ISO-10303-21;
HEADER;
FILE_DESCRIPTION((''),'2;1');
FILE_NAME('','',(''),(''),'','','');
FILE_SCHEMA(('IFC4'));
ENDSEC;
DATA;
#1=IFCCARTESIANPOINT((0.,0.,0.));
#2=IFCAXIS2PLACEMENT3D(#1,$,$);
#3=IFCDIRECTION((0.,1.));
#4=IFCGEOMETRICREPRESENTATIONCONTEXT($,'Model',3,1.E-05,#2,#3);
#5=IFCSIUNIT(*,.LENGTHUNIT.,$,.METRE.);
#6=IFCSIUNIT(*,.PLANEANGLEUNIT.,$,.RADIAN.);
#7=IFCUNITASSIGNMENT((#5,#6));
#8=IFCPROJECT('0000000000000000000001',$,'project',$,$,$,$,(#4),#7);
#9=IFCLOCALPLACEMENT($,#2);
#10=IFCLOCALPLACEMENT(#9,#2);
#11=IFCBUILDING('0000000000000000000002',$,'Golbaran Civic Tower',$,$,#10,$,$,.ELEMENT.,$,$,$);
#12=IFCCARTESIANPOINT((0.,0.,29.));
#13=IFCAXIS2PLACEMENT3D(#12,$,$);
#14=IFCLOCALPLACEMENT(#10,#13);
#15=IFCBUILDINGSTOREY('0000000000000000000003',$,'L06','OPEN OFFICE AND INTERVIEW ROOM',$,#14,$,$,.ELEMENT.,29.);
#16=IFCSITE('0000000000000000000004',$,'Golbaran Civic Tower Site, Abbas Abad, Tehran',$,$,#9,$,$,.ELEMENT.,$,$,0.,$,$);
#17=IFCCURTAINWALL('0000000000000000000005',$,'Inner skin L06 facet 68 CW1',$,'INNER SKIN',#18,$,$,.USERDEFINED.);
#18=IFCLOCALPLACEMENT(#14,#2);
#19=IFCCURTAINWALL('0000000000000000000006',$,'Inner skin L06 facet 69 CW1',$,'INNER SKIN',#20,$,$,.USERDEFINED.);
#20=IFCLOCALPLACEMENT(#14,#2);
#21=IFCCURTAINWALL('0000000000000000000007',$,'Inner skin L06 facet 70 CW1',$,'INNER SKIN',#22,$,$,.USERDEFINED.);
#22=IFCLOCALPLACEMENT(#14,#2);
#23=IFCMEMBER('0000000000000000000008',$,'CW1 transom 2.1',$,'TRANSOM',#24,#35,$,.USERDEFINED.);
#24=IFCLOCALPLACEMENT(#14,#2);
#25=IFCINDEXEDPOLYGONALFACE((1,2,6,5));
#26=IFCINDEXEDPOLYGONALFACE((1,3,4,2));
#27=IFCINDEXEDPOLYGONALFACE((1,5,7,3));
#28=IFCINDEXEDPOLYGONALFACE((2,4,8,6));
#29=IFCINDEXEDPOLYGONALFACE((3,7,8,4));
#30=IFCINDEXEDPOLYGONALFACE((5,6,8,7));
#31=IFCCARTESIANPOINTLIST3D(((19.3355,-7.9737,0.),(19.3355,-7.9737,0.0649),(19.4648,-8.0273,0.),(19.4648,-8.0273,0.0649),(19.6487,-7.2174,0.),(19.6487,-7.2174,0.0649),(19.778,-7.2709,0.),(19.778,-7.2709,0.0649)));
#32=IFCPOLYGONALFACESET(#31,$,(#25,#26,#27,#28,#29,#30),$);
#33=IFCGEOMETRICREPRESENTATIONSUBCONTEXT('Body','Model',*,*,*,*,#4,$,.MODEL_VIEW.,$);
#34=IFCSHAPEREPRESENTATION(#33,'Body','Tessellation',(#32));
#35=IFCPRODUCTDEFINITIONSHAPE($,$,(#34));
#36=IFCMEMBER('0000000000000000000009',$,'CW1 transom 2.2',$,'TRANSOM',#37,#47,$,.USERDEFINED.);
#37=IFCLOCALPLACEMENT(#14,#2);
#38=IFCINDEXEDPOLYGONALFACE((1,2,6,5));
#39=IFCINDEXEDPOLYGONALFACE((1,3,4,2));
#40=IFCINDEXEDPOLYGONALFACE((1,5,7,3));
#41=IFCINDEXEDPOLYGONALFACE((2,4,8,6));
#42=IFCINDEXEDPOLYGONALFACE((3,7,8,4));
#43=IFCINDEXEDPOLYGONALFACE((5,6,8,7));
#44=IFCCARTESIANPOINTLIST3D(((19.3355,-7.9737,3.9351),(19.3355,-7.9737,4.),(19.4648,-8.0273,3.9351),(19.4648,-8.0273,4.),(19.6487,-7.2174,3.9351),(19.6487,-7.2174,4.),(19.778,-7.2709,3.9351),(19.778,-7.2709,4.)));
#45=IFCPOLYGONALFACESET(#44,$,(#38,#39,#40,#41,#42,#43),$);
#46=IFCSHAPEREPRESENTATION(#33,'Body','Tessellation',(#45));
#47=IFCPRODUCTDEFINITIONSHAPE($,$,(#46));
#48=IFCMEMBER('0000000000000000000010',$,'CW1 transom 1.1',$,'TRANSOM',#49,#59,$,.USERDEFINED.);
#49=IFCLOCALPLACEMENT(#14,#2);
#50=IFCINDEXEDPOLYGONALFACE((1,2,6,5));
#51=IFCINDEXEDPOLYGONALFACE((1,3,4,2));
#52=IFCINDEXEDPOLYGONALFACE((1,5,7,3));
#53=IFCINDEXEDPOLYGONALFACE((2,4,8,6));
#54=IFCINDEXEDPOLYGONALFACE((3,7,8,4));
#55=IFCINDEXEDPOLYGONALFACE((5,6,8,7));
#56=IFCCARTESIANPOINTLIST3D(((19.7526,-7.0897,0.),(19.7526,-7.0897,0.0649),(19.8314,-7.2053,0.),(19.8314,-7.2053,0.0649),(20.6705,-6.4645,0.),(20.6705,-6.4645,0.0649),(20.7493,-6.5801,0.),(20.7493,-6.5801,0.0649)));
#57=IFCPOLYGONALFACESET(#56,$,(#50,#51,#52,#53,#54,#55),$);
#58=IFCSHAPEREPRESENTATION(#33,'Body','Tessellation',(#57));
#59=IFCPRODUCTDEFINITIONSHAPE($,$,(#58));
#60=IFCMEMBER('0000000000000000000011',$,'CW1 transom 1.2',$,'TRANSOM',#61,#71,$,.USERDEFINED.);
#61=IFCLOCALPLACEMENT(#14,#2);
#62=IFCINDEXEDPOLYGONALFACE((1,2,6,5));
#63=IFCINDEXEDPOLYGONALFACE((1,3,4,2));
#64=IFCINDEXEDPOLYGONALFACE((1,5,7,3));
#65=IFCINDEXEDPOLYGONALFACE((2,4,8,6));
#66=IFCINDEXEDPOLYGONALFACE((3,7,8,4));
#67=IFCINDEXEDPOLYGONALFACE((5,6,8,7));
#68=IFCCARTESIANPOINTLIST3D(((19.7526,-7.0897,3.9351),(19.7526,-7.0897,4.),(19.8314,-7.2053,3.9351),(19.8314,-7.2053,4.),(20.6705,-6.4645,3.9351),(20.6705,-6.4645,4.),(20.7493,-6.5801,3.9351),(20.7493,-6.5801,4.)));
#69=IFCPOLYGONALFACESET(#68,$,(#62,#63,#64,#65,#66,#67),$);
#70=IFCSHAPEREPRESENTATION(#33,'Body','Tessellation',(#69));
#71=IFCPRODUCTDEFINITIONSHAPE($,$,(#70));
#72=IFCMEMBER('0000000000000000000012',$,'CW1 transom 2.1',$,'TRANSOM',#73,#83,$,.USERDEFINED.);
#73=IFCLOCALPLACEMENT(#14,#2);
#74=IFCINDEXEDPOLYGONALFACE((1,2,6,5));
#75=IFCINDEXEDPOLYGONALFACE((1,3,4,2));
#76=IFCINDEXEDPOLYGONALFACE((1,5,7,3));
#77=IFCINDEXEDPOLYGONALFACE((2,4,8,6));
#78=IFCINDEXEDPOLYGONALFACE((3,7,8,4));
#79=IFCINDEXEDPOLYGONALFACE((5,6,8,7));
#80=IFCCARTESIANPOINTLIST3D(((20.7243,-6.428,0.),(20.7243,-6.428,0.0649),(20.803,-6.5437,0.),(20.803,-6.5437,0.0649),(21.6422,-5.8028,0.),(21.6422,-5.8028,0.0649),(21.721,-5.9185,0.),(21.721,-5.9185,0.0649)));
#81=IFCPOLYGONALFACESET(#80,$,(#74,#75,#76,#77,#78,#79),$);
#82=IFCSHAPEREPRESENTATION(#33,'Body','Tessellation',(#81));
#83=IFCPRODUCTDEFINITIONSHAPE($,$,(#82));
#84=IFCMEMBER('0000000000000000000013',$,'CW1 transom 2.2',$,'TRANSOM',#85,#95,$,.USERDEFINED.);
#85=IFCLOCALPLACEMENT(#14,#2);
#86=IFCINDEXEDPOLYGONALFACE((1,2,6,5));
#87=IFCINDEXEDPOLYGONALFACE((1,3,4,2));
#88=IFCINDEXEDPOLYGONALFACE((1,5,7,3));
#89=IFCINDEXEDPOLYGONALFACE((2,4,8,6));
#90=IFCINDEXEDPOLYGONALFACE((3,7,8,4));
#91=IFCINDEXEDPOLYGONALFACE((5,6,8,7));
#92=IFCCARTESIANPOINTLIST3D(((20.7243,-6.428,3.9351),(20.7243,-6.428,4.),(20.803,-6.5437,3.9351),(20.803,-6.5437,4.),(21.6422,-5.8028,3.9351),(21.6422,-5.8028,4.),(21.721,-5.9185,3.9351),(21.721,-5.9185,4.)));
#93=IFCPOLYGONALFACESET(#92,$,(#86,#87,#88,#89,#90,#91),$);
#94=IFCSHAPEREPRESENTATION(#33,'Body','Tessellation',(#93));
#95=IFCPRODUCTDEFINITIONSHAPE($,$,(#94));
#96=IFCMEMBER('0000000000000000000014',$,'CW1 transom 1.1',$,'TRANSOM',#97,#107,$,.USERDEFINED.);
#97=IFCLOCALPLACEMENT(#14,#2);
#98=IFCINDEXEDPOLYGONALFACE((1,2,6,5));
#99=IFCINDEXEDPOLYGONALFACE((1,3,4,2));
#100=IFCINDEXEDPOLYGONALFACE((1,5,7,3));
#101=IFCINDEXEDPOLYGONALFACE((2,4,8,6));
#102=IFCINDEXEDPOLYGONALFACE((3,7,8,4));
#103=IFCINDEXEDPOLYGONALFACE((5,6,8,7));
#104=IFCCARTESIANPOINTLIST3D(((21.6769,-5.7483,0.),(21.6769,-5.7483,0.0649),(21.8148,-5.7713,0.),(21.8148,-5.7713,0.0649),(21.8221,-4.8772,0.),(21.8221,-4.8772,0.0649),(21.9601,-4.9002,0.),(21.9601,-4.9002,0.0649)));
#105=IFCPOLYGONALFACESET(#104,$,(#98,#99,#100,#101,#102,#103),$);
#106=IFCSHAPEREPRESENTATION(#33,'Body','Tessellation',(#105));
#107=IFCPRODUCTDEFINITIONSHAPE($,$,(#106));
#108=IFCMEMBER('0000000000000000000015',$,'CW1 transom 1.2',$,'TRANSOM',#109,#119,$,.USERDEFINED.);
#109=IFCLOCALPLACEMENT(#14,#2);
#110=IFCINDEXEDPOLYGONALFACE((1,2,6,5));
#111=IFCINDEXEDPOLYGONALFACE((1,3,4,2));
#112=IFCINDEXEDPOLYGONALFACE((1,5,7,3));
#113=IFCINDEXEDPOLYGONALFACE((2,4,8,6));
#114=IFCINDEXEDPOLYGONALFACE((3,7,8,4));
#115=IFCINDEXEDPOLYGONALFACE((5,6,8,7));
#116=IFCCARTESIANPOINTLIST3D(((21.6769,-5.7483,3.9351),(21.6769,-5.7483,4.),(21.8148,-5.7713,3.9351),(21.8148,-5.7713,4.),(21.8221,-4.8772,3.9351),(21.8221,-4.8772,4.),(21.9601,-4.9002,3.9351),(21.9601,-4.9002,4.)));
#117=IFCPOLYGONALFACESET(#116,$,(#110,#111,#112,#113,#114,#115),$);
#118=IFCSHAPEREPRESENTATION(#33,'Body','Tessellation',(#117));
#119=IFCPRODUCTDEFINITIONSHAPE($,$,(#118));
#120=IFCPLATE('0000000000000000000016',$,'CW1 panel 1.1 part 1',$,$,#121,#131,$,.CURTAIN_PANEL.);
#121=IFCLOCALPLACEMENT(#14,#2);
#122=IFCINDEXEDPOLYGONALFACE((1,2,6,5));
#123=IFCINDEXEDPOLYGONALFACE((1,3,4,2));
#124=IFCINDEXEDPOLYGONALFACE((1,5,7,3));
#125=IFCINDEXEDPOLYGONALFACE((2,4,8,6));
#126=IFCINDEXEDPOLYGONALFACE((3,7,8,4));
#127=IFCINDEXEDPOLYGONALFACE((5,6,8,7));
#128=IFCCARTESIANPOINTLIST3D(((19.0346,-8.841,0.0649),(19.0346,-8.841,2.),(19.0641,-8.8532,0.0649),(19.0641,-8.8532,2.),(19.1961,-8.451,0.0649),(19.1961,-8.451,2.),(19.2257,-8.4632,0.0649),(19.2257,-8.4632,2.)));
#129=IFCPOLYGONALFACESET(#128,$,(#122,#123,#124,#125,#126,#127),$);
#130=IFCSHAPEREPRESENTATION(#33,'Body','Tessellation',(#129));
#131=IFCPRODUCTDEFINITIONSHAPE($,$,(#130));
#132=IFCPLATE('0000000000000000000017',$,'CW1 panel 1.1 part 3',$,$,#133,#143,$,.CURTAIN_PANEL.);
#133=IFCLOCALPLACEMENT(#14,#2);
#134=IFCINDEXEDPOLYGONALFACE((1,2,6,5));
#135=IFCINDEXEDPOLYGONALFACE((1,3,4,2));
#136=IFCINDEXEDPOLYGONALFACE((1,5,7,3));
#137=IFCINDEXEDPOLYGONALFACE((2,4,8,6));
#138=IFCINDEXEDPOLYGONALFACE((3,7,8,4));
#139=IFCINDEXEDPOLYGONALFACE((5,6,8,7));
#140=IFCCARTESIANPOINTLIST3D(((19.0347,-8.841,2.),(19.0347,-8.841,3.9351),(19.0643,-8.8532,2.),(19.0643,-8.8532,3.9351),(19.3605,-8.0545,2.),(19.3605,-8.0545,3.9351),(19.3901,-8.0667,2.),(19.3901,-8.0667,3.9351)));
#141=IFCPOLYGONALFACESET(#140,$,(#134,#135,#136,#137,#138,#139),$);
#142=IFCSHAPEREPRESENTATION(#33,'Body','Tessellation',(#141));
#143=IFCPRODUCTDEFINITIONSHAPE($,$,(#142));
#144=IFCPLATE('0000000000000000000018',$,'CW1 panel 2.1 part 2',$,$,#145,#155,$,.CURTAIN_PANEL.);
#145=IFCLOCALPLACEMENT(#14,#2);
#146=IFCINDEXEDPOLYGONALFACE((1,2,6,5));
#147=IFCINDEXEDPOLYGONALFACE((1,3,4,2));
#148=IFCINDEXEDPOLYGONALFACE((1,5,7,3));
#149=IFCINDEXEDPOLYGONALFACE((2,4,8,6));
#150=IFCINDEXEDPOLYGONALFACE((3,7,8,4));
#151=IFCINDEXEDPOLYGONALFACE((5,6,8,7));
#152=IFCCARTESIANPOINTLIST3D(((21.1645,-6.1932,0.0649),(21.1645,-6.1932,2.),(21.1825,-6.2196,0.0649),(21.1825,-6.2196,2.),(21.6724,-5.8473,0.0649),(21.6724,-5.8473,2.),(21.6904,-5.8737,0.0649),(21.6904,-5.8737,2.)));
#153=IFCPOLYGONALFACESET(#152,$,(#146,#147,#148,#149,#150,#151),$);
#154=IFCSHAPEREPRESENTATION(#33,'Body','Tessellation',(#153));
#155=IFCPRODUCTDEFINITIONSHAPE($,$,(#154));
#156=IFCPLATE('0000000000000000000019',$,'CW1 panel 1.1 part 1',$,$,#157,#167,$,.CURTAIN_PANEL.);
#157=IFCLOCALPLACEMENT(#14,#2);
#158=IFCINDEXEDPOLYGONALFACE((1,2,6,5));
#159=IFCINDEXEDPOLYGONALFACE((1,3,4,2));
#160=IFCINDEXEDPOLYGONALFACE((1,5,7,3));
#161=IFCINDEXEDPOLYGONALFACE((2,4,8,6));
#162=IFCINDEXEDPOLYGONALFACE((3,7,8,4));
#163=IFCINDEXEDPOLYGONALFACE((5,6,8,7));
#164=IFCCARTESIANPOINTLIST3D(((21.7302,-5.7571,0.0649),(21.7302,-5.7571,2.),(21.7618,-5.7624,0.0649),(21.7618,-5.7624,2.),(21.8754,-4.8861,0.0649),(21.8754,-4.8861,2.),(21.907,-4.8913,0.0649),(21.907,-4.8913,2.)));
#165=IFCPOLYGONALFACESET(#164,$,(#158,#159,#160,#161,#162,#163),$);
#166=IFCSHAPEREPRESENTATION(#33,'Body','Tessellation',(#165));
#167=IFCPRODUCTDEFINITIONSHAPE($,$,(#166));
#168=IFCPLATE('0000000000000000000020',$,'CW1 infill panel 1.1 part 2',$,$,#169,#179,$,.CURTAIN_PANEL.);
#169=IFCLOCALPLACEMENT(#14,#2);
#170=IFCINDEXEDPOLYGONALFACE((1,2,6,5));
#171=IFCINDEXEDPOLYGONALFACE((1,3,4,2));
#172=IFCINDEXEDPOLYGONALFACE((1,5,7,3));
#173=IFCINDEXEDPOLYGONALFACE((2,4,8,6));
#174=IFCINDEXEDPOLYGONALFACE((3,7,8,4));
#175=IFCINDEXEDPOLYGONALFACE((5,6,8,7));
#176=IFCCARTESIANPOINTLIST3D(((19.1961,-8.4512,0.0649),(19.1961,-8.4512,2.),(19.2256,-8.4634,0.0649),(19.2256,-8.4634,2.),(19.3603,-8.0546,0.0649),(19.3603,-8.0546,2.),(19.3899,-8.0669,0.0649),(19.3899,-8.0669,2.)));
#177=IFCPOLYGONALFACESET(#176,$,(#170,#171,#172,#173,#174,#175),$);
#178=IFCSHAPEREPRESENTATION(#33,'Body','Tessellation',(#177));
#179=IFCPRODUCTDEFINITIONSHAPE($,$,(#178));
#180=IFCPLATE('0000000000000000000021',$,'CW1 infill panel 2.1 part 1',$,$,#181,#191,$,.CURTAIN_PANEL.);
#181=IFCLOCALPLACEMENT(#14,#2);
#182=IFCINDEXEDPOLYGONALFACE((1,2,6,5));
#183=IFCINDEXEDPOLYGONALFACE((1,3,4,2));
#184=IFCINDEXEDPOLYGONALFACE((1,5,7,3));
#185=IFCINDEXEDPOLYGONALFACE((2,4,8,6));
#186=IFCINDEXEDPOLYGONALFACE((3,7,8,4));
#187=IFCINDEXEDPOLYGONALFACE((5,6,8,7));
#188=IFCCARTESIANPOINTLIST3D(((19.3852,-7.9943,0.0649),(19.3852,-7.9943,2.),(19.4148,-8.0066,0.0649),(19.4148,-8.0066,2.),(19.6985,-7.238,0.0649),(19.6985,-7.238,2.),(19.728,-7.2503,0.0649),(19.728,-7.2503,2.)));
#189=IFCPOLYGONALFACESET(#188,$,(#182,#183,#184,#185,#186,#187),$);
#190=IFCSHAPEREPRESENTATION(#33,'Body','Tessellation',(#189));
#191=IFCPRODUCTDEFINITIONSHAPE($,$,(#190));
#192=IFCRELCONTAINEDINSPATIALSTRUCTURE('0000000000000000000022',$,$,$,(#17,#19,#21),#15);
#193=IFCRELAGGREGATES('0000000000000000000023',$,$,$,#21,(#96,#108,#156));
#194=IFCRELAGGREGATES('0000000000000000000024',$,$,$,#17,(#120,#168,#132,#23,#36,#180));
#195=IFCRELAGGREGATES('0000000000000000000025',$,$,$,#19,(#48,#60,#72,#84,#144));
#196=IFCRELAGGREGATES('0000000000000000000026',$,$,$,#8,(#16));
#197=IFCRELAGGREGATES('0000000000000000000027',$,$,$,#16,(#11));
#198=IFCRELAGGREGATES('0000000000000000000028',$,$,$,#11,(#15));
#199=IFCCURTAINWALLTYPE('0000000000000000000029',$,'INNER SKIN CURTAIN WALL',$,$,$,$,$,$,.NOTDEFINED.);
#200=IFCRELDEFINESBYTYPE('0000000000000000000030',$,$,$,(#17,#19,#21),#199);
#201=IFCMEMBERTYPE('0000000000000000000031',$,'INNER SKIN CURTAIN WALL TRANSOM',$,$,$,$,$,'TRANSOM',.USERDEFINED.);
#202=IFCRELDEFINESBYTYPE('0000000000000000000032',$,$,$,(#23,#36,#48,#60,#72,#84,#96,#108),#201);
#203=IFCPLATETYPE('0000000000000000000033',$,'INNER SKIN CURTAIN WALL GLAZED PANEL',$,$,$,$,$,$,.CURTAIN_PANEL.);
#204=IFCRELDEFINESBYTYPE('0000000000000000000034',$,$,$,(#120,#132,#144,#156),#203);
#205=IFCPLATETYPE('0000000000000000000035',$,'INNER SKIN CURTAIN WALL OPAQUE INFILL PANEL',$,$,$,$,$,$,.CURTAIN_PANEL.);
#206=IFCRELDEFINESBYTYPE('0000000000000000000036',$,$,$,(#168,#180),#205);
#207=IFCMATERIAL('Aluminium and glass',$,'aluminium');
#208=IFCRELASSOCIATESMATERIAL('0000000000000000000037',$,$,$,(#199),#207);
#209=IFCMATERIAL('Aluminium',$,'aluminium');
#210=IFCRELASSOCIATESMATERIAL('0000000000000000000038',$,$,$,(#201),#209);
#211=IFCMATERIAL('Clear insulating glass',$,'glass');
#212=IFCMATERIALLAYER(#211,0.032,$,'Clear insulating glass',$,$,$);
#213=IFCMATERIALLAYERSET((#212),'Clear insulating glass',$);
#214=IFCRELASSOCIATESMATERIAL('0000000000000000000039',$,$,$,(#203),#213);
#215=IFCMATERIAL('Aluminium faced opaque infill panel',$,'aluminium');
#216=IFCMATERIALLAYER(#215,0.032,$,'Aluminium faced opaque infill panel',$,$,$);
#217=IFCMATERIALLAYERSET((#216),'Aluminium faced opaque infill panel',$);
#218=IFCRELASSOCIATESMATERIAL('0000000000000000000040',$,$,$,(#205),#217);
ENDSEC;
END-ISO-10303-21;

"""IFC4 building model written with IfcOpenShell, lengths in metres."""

from ifc_helpers import new_model, si_unit, direction, frame, origin, origin_2d, place, context, subcontext, project, spatial, rectangle, extrude, material, layer, layer_set, material_profile, profile_set, type_object, element, aggregate, save


model = new_model("IFC4")

# Units and contexts
model_context = context("Model", 3, precision=1e-05, world=origin(), true_north=direction((0.0, 1.0)))
body_context = subcontext(model_context, "Body", "Model", "MODEL_VIEW")
ifc_project = project(units=[si_unit("LENGTHUNIT", "METRE"), si_unit("PLANEANGLEUNIT", "RADIAN")], contexts=[model_context])

# Site, building, storey
site_placement = place(None, origin())
site = spatial("IfcSite", under=ifc_project, at=site_placement, Name="Golbaran Civic Tower Site, Abbas Abad, Tehran", CompositionType="ELEMENT", RefElevation=0.0)
building_placement = place(site_placement, origin())
building = spatial("IfcBuilding", under=site, at=building_placement, Name="Golbaran Civic Tower", CompositionType="ELEMENT")
storey_placement = place(building_placement, frame((0.0, 0.0, 29.0)))
storey = spatial("IfcBuildingStorey", under=building, at=storey_placement, Name="L06", Description="OPEN OFFICE AND INTERVIEW ROOM", CompositionType="ELEMENT", Elevation=29.0)

# Curtain walls
ifc_material_1 = material(Name="Aluminium and glass", Category="aluminium")
curtain_wall_type = type_object("IfcCurtainWallType", Name="INNER SKIN CURTAIN WALL", PredefinedType="NOTDEFINED", material=ifc_material_1)
curtain_wall_1_placement = place(storey_placement, origin())
curtain_wall_1 = element("IfcCurtainWall", 1, at=curtain_wall_1_placement, inside=storey, type_object=curtain_wall_type, Name="Inner skin L06 facet 68 CW1", ObjectType="INNER SKIN", PredefinedType="USERDEFINED")
ifc_material_2 = material(Name="Aluminium", Category="aluminium")
curtain_wall_2_placement = place(storey_placement, origin())
curtain_wall_2 = element("IfcCurtainWall", 2, at=curtain_wall_2_placement, inside=storey, type_object=curtain_wall_type, Name="Inner skin L06 facet 69 CW1", ObjectType="INNER SKIN", PredefinedType="USERDEFINED")

# Curtain wall
curtain_wall_3_placement = place(storey_placement, origin())
curtain_wall_3 = element("IfcCurtainWall", 3, at=curtain_wall_3_placement, inside=storey, type_object=curtain_wall_type, Name="Inner skin L06 facet 70 CW1", ObjectType="INNER SKIN", PredefinedType="USERDEFINED")

# Members
ifc_material_profile_1 = material_profile(ifc_material_2, rectangle(XDim=0.1399, YDim=0.0649, at=origin_2d()), Name="INNER SKIN CURTAIN WALL TRANSOM")
ifc_profile_set_1 = profile_set([ifc_material_profile_1], Name="Aluminium")
member_type_1 = type_object("IfcMemberType", Name="INNER SKIN CURTAIN WALL TRANSOM", ElementType="TRANSOM", PredefinedType="USERDEFINED", material=ifc_profile_set_1)
member_1_placement = place(storey_placement, frame((19.4001, -8.0005, 0.0325), z_axis=(0.382624, 0.923904, 0.0), x_axis=(-0.923904, 0.382624, 0.0)))
member_1 = element("IfcMember", 4, at=member_1_placement, type_object=member_type_1, Name="CW1 transom 2.1", ObjectType="TRANSOM", PredefinedType="USERDEFINED", context=body_context, shape_type="SweptSolid", body=[
    extrude(rectangle(XDim=0.1399, YDim=0.0649, at=origin_2d()), origin(), (0.0, 0.0, 1.0), 0.8186),
])
member_2_placement = place(storey_placement, frame((19.4001, -8.0005, 3.9675), z_axis=(0.382624, 0.923904, 0.0), x_axis=(-0.923904, 0.382624, 0.0)))
member_2 = element("IfcMember", 5, at=member_2_placement, type_object=member_type_1, Name="CW1 transom 2.2", ObjectType="TRANSOM", PredefinedType="USERDEFINED", context=body_context, shape_type="SweptSolid", body=[
    extrude(rectangle(XDim=0.1399, YDim=0.0649, at=origin_2d()), origin(), (0.0, 0.0, 1.0), 0.8186),
])
member_3_placement = place(storey_placement, frame((19.792, -7.1475, 0.0325), z_axis=(0.826497, 0.562941, 0.0), x_axis=(-0.562941, 0.826497, 0.0)))
member_3 = element("IfcMember", 6, at=member_3_placement, type_object=member_type_1, Name="CW1 transom 1.1", ObjectType="TRANSOM", PredefinedType="USERDEFINED", context=body_context, shape_type="SweptSolid", body=[
    extrude(rectangle(XDim=0.1399, YDim=0.0649, at=origin_2d()), origin(), (0.0, 0.0, 1.0), 1.1106),
])
member_4_placement = place(storey_placement, frame((19.792, -7.1475, 3.9675), z_axis=(0.826497, 0.562941, 0.0), x_axis=(-0.562941, 0.826497, 0.0)))
member_4 = element("IfcMember", 7, at=member_4_placement, type_object=member_type_1, Name="CW1 transom 1.2", ObjectType="TRANSOM", PredefinedType="USERDEFINED", context=body_context, shape_type="SweptSolid", body=[
    extrude(rectangle(XDim=0.1399, YDim=0.0649, at=origin_2d()), origin(), (0.0, 0.0, 1.0), 1.1106),
])
member_5_placement = place(storey_placement, frame((20.7637, -6.4858, 0.0325), z_axis=(0.826497, 0.562941, 0.0), x_axis=(-0.562941, 0.826497, 0.0)))
member_5 = element("IfcMember", 8, at=member_5_placement, type_object=member_type_1, Name="CW1 transom 2.1", ObjectType="TRANSOM", PredefinedType="USERDEFINED", context=body_context, shape_type="SweptSolid", body=[
    extrude(rectangle(XDim=0.1399, YDim=0.0649, at=origin_2d()), origin(), (0.0, 0.0, 1.0), 1.1106),
])
member_6_placement = place(storey_placement, frame((20.7637, -6.4858, 3.9675), z_axis=(0.826497, 0.562941, 0.0), x_axis=(-0.562941, 0.826497, 0.0)))
member_6 = element("IfcMember", 9, at=member_6_placement, type_object=member_type_1, Name="CW1 transom 2.2", ObjectType="TRANSOM", PredefinedType="USERDEFINED", context=body_context, shape_type="SweptSolid", body=[
    extrude(rectangle(XDim=0.1399, YDim=0.0649, at=origin_2d()), origin(), (0.0, 0.0, 1.0), 1.1106),
])
member_7_placement = place(storey_placement, frame((21.7458, -5.7598, 0.0325), z_axis=(0.164489, 0.986379, 0.0), x_axis=(-0.986379, 0.164489, 0.0)))
member_7 = element("IfcMember", 10, at=member_7_placement, type_object=member_type_1, Name="CW1 transom 1.1", ObjectType="TRANSOM", PredefinedType="USERDEFINED", context=body_context, shape_type="SweptSolid", body=[
    extrude(rectangle(XDim=0.1399, YDim=0.0649, at=origin_2d()), origin(), (0.0, 0.0, 1.0), 0.8831),
])
member_8_placement = place(storey_placement, frame((21.7458, -5.7598, 3.9675), z_axis=(0.164489, 0.986379, 0.0), x_axis=(-0.986379, 0.164489, 0.0)))
member_8 = element("IfcMember", 11, at=member_8_placement, type_object=member_type_1, Name="CW1 transom 1.2", ObjectType="TRANSOM", PredefinedType="USERDEFINED", context=body_context, shape_type="SweptSolid", body=[
    extrude(rectangle(XDim=0.1399, YDim=0.0649, at=origin_2d()), origin(), (0.0, 0.0, 1.0), 0.8831),
])

# Plates
ifc_material_3 = material(Name="Clear insulating glass", Category="glass")
ifc_layer_1 = layer(ifc_material_3, 0.032, Name="Clear insulating glass")
ifc_layer_set_1 = layer_set([ifc_layer_1], Name="Clear insulating glass")
plate_type_1 = type_object("IfcPlateType", Name="INNER SKIN CURTAIN WALL GLAZED PANEL", PredefinedType="CURTAIN_PANEL", material=ifc_layer_set_1)
plate_1_placement = place(storey_placement, frame((19.1301, -8.6521, 0.0649), z_axis=(0.0, 0.0, 1.0), x_axis=(0.382683, 0.92388, 0.0)))
plate_1 = element("IfcPlate", 12, at=plate_1_placement, type_object=plate_type_1, Name="CW1 panel 1.1 part 1", PredefinedType="CURTAIN_PANEL", context=body_context, shape_type="SweptSolid", body=[
    extrude(rectangle(XDim=0.4221, YDim=0.032, at=origin_2d()), origin(), (0.0, 0.0, 1.0), 1.9351),
])
plate_2_placement = place(storey_placement, frame((19.2124, -8.4539, 2.0), z_axis=(0.0, 0.0, 1.0), x_axis=(0.382683, 0.92388, 0.0)))
plate_2 = element("IfcPlate", 13, at=plate_2_placement, type_object=plate_type_1, Name="CW1 panel 1.1 part 3", PredefinedType="CURTAIN_PANEL", context=body_context, shape_type="SweptSolid", body=[
    extrude(rectangle(XDim=0.8513, YDim=0.032, at=origin_2d()), origin(), (0.0, 0.0, 1.0), 1.9351),
])
plate_3_placement = place(storey_placement, frame((21.4275, -6.0334, 0.0649), z_axis=(0.0, 0.0, 1.0), x_axis=(0.8265, 0.562936, 0.0)))
plate_3 = element("IfcPlate", 14, at=plate_3_placement, type_object=plate_type_1, Name="CW1 panel 2.1 part 2", PredefinedType="CURTAIN_PANEL", context=body_context, shape_type="SweptSolid", body=[
    extrude(rectangle(XDim=0.6145, YDim=0.032, at=origin_2d()), origin(), (0.0, 0.0, 1.0), 1.9351),
])
plate_4_placement = place(storey_placement, frame((21.8186, -5.3242, 0.0649), z_axis=(0.0, 0.0, 1.0), x_axis=(0.164415, 0.986391, 0.0)))
plate_4 = element("IfcPlate", 15, at=plate_4_placement, type_object=plate_type_1, Name="CW1 panel 1.1 part 1", PredefinedType="CURTAIN_PANEL", context=body_context, shape_type="SweptSolid", body=[
    extrude(rectangle(XDim=0.8831, YDim=0.032, at=origin_2d()), origin(), (0.0, 0.0, 1.0), 1.9351),
])
aggregate(curtain_wall_3, [member_7, member_8, plate_4])
ifc_material_4 = material(Name="Aluminium faced opaque infill panel", Category="aluminium")
ifc_layer_2 = layer(ifc_material_4, 0.032, Name="Aluminium faced opaque infill panel")
ifc_layer_set_2 = layer_set([ifc_layer_2], Name="Aluminium faced opaque infill panel")
plate_type_2 = type_object("IfcPlateType", Name="INNER SKIN CURTAIN WALL OPAQUE INFILL PANEL", PredefinedType="CURTAIN_PANEL", material=ifc_layer_set_2)
plate_5_placement = place(storey_placement, frame((19.293, -8.259, 0.0649), z_axis=(0.0, 0.0, 1.0), x_axis=(0.382683, 0.92388, 0.0)))
plate_5 = element("IfcPlate", 16, at=plate_5_placement, type_object=plate_type_2, Name="CW1 infill panel 1.1 part 2", PredefinedType="CURTAIN_PANEL", context=body_context, shape_type="SweptSolid", body=[
    extrude(rectangle(XDim=0.4292, YDim=0.032, at=origin_2d()), origin(), (0.0, 0.0, 1.0), 1.9351),
])
plate_6_placement = place(storey_placement, frame((19.5566, -7.6223, 0.0649), z_axis=(0.0, 0.0, 1.0), x_axis=(0.382683, 0.92388, 0.0)))
plate_6 = element("IfcPlate", 17, at=plate_6_placement, type_object=plate_type_2, Name="CW1 infill panel 2.1 part 1", PredefinedType="CURTAIN_PANEL", context=body_context, shape_type="SweptSolid", body=[
    extrude(rectangle(XDim=0.8186, YDim=0.032, at=origin_2d()), origin(), (0.0, 0.0, 1.0), 1.9351),
])
aggregate(curtain_wall_1, [plate_1, plate_5, plate_2, member_1, member_2, plate_6])
aggregate(curtain_wall_2, [member_3, member_4, member_5, member_6, plate_3])

save(model, "model.ifc")
